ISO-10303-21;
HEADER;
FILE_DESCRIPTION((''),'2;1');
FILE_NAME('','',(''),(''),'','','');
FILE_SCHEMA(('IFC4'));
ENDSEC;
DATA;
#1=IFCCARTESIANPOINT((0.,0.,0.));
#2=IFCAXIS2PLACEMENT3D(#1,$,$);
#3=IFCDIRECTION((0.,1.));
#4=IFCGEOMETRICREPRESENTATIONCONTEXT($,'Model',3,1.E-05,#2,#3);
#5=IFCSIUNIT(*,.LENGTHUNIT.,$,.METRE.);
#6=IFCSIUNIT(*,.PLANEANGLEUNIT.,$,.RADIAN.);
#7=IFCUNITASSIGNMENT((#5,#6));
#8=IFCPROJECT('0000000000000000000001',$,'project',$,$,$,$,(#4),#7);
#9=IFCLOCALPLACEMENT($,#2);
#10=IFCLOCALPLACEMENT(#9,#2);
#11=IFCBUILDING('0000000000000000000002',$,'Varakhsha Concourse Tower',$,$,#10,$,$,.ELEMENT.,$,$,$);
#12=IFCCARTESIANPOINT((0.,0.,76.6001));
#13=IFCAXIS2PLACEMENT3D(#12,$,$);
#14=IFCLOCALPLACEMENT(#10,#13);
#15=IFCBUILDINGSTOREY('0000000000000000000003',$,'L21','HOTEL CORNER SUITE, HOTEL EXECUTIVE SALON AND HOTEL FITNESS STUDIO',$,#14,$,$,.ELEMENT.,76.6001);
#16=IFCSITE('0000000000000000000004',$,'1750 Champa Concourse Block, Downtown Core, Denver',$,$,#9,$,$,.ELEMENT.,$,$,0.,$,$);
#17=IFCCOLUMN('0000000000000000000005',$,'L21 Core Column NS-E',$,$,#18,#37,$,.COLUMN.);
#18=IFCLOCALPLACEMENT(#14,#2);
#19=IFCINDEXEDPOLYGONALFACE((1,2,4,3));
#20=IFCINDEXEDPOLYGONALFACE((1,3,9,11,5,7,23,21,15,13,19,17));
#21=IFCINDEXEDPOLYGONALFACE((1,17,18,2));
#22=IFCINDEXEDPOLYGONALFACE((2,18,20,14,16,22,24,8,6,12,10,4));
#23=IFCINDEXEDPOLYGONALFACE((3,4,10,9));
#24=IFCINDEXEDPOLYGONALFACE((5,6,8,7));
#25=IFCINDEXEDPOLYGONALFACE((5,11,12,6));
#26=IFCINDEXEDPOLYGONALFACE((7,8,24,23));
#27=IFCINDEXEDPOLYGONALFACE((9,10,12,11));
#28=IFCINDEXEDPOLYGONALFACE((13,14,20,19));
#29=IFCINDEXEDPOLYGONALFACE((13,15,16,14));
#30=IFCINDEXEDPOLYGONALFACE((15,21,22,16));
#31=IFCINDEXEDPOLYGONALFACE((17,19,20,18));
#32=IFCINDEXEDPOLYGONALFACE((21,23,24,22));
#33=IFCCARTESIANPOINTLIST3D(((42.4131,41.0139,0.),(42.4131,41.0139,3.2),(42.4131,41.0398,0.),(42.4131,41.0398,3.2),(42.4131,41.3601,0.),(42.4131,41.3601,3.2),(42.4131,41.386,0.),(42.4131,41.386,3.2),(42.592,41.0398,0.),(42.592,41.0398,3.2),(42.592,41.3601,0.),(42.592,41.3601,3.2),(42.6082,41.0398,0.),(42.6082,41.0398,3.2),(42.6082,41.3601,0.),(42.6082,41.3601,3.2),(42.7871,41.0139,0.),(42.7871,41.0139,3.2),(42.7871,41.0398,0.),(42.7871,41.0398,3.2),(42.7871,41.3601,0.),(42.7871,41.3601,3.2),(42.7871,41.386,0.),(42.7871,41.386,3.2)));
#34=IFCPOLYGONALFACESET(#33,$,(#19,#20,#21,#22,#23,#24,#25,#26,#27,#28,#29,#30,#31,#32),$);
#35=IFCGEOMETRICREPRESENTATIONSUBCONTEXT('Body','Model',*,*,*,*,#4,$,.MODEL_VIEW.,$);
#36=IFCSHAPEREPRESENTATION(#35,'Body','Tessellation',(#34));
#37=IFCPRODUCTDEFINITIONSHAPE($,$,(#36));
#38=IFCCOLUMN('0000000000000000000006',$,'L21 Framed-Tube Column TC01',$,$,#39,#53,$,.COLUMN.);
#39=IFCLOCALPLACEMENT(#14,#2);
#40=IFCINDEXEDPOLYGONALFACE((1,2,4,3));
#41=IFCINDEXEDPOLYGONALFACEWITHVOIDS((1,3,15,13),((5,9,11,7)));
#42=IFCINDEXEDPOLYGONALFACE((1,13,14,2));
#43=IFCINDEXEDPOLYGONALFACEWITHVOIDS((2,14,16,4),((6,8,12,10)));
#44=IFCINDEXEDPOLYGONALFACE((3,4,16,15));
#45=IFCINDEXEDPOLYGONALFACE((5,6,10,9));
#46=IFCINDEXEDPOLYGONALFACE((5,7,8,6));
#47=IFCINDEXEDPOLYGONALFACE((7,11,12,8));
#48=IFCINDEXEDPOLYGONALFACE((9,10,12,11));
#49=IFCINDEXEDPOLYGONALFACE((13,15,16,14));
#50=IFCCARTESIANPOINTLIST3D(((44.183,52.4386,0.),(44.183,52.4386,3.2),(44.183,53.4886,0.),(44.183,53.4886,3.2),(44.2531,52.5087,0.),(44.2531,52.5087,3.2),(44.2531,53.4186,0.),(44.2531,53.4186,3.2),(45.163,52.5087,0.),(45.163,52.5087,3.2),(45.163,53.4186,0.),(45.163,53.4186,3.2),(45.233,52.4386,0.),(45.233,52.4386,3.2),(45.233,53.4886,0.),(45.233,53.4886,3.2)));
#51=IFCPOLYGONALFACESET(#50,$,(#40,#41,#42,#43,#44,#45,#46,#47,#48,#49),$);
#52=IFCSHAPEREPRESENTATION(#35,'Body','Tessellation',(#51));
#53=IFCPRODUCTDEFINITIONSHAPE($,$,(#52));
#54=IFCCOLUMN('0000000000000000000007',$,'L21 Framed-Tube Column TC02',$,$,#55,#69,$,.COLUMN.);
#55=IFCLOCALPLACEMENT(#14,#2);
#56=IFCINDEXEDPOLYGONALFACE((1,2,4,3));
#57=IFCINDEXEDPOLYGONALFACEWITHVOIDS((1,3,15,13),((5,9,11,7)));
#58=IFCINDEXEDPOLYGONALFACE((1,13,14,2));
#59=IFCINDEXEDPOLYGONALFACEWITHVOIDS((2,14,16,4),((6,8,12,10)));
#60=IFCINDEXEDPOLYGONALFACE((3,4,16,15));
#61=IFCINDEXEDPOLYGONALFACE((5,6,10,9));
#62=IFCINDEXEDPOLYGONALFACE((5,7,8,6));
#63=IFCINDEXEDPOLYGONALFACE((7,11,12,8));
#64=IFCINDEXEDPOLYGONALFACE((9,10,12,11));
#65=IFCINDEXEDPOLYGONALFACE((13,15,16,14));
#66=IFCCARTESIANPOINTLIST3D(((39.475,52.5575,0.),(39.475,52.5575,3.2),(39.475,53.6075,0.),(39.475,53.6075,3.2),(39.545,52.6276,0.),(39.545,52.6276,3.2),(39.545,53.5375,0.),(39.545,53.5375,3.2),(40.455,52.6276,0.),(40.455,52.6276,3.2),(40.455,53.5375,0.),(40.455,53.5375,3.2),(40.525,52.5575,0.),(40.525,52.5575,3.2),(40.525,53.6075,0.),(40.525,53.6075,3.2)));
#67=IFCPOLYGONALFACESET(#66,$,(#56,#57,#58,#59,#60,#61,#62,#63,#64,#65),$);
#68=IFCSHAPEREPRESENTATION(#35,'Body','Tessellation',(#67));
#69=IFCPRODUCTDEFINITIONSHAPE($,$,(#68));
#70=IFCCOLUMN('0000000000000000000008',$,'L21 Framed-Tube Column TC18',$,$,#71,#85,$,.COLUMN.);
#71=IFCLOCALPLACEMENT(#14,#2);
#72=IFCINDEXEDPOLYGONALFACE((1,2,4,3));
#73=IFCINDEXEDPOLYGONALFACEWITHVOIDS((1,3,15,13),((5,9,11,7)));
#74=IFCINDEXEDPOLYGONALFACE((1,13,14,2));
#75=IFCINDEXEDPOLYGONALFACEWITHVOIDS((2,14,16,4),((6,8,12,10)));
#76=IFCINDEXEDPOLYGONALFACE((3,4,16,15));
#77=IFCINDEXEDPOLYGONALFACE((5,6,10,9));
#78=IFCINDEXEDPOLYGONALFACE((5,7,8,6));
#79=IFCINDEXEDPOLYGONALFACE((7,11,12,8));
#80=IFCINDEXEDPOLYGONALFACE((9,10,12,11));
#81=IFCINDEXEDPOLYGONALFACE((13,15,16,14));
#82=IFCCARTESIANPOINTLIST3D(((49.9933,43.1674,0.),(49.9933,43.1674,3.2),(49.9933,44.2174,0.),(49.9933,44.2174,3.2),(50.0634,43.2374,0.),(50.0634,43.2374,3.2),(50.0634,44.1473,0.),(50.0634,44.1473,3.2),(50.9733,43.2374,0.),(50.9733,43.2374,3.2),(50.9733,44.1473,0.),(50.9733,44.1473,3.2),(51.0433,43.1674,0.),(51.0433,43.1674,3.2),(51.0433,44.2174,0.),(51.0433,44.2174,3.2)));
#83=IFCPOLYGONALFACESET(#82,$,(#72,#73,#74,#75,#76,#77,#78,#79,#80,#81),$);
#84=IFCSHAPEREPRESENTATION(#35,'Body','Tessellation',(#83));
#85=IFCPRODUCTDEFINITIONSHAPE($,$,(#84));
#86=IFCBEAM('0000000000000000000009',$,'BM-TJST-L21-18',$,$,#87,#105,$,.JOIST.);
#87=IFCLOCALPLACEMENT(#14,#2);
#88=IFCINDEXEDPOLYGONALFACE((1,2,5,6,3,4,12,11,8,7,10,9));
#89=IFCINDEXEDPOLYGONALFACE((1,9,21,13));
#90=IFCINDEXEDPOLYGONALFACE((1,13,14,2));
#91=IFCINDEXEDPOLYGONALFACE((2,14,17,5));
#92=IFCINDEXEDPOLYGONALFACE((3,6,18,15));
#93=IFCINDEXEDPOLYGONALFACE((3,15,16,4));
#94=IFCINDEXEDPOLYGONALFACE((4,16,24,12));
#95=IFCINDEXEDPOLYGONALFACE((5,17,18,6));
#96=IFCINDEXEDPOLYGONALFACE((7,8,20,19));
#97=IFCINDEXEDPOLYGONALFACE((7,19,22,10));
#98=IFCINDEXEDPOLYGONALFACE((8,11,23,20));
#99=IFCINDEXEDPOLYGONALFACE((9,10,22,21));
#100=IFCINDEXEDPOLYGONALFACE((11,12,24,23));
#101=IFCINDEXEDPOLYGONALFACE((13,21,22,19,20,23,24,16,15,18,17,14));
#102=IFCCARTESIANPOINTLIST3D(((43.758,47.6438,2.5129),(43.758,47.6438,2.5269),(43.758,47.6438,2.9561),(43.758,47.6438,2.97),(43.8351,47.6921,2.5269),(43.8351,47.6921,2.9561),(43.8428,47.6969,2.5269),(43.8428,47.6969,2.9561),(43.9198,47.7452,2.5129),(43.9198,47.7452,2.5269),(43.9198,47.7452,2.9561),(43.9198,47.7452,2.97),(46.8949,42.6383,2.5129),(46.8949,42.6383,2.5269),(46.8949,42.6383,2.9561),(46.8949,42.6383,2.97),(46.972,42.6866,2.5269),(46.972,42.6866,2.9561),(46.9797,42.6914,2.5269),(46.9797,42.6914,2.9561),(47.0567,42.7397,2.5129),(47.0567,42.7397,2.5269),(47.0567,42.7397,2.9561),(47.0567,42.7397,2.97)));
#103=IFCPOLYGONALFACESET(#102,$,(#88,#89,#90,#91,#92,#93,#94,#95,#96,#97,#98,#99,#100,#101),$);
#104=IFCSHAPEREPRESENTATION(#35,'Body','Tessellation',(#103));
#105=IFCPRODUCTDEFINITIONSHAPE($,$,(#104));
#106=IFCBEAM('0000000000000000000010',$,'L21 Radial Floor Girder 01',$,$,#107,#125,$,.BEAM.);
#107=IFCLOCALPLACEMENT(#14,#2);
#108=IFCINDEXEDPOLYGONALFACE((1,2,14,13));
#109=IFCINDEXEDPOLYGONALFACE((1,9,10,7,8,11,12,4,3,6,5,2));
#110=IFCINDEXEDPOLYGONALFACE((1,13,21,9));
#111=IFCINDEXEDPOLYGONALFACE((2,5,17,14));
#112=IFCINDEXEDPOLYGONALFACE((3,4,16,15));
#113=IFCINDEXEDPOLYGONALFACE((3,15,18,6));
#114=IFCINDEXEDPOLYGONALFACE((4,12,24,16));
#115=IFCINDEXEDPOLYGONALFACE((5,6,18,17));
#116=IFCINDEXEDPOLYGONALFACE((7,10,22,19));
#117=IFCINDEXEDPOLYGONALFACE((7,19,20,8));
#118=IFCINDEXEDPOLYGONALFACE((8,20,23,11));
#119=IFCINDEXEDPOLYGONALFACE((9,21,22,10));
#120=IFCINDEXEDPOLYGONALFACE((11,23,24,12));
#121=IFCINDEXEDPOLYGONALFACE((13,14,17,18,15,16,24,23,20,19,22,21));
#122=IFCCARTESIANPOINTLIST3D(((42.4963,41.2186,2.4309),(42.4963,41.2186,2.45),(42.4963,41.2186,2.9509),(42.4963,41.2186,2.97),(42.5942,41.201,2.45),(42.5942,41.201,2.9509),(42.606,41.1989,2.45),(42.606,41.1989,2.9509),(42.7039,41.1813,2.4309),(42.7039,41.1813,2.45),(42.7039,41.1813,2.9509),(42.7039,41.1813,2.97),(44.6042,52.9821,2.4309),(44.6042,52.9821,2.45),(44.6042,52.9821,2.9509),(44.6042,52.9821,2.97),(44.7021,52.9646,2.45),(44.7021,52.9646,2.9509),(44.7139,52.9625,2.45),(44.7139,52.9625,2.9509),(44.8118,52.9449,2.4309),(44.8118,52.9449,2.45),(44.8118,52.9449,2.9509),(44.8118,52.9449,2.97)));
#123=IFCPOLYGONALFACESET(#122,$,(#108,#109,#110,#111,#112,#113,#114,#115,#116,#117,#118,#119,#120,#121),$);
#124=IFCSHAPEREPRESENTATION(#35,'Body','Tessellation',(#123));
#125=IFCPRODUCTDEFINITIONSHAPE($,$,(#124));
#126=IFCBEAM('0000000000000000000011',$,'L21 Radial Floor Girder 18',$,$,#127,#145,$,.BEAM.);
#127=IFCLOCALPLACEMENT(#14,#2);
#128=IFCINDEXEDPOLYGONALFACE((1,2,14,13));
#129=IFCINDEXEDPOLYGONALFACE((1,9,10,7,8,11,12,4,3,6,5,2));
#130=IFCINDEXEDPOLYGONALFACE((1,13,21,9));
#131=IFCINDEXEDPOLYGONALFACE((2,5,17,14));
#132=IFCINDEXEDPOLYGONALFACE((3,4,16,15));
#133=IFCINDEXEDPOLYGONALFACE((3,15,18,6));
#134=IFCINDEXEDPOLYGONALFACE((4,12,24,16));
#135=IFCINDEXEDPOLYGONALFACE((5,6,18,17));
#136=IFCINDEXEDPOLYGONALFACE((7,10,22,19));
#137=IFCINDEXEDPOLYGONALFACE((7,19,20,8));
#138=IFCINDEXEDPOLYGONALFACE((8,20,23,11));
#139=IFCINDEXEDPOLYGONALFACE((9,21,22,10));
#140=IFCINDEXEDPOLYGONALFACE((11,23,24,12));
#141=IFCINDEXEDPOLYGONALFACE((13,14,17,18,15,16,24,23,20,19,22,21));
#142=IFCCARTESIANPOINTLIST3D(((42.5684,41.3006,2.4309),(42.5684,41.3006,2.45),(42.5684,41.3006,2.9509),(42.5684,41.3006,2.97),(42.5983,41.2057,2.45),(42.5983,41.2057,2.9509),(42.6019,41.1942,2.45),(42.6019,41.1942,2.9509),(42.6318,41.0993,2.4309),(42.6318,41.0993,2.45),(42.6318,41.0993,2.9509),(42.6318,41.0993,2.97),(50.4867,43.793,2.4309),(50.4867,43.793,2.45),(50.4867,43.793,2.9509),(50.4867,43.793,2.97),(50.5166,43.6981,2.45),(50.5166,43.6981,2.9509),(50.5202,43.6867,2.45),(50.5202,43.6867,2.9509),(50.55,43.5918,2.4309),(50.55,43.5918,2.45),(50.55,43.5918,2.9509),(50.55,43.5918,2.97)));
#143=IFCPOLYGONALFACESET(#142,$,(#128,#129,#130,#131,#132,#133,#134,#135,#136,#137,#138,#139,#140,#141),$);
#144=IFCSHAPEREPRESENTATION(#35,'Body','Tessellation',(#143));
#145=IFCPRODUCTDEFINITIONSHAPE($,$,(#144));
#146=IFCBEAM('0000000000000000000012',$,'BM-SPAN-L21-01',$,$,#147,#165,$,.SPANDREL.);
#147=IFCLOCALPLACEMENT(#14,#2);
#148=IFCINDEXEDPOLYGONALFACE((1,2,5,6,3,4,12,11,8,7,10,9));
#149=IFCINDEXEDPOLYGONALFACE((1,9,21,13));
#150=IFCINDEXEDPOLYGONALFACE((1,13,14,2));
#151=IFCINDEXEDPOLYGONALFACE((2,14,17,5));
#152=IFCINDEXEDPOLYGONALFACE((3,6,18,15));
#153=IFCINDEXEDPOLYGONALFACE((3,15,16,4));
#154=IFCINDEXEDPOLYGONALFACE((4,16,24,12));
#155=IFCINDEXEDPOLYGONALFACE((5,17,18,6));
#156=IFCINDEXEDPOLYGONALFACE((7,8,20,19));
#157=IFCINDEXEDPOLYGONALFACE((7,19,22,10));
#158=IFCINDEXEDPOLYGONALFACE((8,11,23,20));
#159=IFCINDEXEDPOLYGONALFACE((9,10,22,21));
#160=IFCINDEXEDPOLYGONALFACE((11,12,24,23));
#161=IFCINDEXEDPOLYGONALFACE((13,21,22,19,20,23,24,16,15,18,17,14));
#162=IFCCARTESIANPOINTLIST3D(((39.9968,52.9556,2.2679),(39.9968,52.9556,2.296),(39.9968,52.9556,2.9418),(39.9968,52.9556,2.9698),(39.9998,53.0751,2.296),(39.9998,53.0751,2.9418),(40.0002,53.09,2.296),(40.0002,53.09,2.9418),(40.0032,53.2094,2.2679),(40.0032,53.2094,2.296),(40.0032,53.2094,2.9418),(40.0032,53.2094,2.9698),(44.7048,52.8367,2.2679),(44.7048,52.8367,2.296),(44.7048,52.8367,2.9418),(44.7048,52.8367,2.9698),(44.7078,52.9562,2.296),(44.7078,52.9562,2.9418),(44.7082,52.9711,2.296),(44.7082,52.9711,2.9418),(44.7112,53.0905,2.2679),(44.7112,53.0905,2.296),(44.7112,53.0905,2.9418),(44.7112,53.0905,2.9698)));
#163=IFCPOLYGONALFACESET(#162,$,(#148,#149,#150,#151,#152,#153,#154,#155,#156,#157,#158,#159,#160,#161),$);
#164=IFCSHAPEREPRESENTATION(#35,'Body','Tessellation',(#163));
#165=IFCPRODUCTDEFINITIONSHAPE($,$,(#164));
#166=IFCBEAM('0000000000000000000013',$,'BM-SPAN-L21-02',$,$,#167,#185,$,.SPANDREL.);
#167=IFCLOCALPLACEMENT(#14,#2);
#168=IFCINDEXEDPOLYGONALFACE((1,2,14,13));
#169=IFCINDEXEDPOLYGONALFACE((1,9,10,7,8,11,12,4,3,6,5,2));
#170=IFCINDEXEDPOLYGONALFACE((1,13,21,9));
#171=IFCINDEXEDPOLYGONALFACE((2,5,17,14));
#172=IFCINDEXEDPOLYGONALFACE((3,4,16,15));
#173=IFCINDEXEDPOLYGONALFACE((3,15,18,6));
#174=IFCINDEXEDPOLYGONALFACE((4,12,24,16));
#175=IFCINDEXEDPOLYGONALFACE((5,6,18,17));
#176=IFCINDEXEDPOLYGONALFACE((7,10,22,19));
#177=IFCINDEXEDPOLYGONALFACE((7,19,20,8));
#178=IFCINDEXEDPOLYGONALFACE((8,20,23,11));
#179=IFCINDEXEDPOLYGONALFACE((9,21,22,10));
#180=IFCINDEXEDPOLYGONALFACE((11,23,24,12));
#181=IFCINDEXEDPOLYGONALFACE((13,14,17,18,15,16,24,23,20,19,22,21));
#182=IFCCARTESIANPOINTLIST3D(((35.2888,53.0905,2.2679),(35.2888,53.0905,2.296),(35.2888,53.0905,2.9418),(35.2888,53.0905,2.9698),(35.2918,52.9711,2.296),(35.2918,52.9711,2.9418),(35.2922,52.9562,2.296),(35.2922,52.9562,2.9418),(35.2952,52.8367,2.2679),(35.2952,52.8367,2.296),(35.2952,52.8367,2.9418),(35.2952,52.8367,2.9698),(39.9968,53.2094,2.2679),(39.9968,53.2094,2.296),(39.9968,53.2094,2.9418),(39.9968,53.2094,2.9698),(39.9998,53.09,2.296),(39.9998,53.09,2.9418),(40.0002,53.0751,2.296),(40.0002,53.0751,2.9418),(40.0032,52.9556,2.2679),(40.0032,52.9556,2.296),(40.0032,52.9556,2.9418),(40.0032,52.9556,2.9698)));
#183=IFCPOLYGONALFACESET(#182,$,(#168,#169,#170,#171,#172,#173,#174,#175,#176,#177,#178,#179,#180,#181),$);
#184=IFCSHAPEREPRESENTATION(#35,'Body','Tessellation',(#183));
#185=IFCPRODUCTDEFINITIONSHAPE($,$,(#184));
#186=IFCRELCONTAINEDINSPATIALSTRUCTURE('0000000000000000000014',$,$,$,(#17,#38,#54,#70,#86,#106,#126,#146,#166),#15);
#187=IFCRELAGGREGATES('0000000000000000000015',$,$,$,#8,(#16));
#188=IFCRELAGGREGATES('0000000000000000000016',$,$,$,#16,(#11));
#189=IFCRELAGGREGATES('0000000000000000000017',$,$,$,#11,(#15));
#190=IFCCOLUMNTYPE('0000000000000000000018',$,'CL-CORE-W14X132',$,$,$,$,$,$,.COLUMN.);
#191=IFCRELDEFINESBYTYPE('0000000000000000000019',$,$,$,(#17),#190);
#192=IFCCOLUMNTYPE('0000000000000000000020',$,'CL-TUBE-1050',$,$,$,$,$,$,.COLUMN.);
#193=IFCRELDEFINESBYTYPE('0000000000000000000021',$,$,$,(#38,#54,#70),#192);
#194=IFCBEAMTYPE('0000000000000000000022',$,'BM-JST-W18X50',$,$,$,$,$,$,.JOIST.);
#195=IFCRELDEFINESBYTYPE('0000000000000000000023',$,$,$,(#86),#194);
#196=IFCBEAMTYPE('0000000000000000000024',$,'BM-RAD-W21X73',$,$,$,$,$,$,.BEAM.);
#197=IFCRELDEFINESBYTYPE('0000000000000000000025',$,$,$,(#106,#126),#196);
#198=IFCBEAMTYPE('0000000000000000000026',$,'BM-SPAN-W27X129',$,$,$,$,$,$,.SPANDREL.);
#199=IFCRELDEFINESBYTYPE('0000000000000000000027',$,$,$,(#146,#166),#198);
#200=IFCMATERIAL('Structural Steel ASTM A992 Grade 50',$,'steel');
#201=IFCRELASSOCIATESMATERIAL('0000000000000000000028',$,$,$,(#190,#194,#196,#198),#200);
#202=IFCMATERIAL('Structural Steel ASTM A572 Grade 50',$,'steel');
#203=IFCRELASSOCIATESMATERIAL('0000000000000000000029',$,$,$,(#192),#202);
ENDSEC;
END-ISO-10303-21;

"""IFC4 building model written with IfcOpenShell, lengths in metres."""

from ifc_helpers import new_model, si_unit, direction, frame, origin, origin_2d, place, context, subcontext, project, spatial, hollow_rectangle, i_section, extrude, material, material_profile, profile_set, type_object, element, save


model = new_model("IFC4")

# Units and contexts
model_context = context("Model", 3, precision=1e-05, world=origin(), true_north=direction((0.0, 1.0)))
body_context = subcontext(model_context, "Body", "Model", "MODEL_VIEW")
ifc_project = project(units=[si_unit("LENGTHUNIT", "METRE"), si_unit("PLANEANGLEUNIT", "RADIAN")], contexts=[model_context])

# Site, building, storey
site_placement = place(None, origin())
site = spatial("IfcSite", under=ifc_project, at=site_placement, Name="1750 Champa Concourse Block, Downtown Core, Denver", CompositionType="ELEMENT", RefElevation=0.0)
building_placement = place(site_placement, origin())
building = spatial("IfcBuilding", under=site, at=building_placement, Name="Varakhsha Concourse Tower", CompositionType="ELEMENT")
storey_placement = place(building_placement, frame((0.0, 0.0, 76.6001)))
storey = spatial("IfcBuildingStorey", under=building, at=storey_placement, Name="L21", Description="HOTEL CORNER SUITE, HOTEL EXECUTIVE SALON AND HOTEL FITNESS STUDIO", CompositionType="ELEMENT", Elevation=76.6001)

# Columns
ifc_material_1 = material(Name="Structural Steel ASTM A992 Grade 50", Category="steel")
ifc_material_profile_1 = material_profile(ifc_material_1, i_section(OverallWidth=0.374, OverallDepth=0.3721, WebThickness=0.0161, FlangeThickness=0.0259, at=origin_2d()), Name="W14X132")
ifc_profile_set_1 = profile_set([ifc_material_profile_1], Name="Structural Steel ASTM A992 Grade 50")
column_type_1 = type_object("IfcColumnType", Name="CL-CORE-W14X132", PredefinedType="COLUMN", material=ifc_profile_set_1)
column_placement = place(storey_placement, frame((42.6001, 41.2, 0.0), z_axis=(0.0, 0.0, 1.0), x_axis=(1.0, 0.0, 0.0)))
element("IfcColumn", 1, at=column_placement, inside=storey, type_object=column_type_1, Name="L21 Core Column NS-E", PredefinedType="COLUMN", context=body_context, shape_type="SweptSolid", body=[
    extrude(i_section(OverallWidth=0.374, OverallDepth=0.3721, WebThickness=0.0161, FlangeThickness=0.0259, at=origin_2d()), origin(), (0.0, 0.0, 1.0), 3.2),
])
ifc_material_2 = material(Name="Structural Steel ASTM A572 Grade 50", Category="steel")
ifc_material_profile_2 = material_profile(ifc_material_2, hollow_rectangle(XDim=1.05, YDim=1.05, WallThickness=0.0701, at=origin_2d()), Name="BOX 1050x1050x70")
ifc_profile_set_2 = profile_set([ifc_material_profile_2], Name="Structural Steel ASTM A572 Grade 50")
column_type_2 = type_object("IfcColumnType", Name="CL-TUBE-1050", PredefinedType="COLUMN", material=ifc_profile_set_2)
for number, where, z_axis, x_axis, name in (
    (2, (44.708, 52.9636, 0.0), (0.0, 0.0, 1.0), (1.0, 0.0, 0.0), "L21 Framed-Tube Column TC01"),
    (3, (40.0, 53.0825, 0.0), (0.0, 0.0, 1.0), (1.0, 0.0, 0.0), "L21 Framed-Tube Column TC02"),
    (4, (50.5183, 43.6924, 0.0), (0.0, 0.0, 1.0), (1.0, 0.0, 0.0), "L21 Framed-Tube Column TC18"),
):
    element("IfcColumn", number, at=place(storey_placement, frame(where, z_axis=z_axis, x_axis=x_axis)), inside=storey, type_object=column_type_2, Name=name, PredefinedType="COLUMN", context=body_context, shape_type="SweptSolid", body=[
        extrude(hollow_rectangle(XDim=1.05, YDim=1.05, WallThickness=0.0701, at=origin_2d()), origin(), (0.0, 0.0, 1.0), 3.2),
    ])

# Beams
ifc_material_profile_3 = material_profile(ifc_material_1, i_section(OverallWidth=0.1909, OverallDepth=0.457, WebThickness=0.009, FlangeThickness=0.0139, at=origin_2d()), Name="W18X50")
ifc_profile_set_3 = profile_set([ifc_material_profile_3], Name="Structural Steel ASTM A992 Grade 50")
beam_type_1 = type_object("IfcBeamType", Name="BM-JST-W18X50", PredefinedType="JOIST", material=ifc_profile_set_3)
beam_1_placement = place(storey_placement, frame((46.9758, 42.689, 2.7415), z_axis=(-0.531028, 0.847355, 0.0), x_axis=(-0.847355, -0.531028, 0.0)))
element("IfcBeam", 5, at=beam_1_placement, inside=storey, type_object=beam_type_1, Name="BM-TJST-L21-18", PredefinedType="JOIST", context=body_context, shape_type="SweptSolid", body=[
    extrude(i_section(OverallWidth=0.1909, OverallDepth=0.457, WebThickness=0.009, FlangeThickness=0.0139, at=origin_2d()), origin(), (0.0, 0.0, 1.0), 5.9072),
])
ifc_material_profile_4 = material_profile(ifc_material_1, i_section(OverallWidth=0.2109, OverallDepth=0.5391, WebThickness=0.012, FlangeThickness=0.019, at=origin_2d()), Name="W21X73")
ifc_profile_set_4 = profile_set([ifc_material_profile_4], Name="Structural Steel ASTM A992 Grade 50")
beam_type_2 = type_object("IfcBeamType", Name="BM-RAD-W21X73", PredefinedType="BEAM", material=ifc_profile_set_4)
beam_2_placement = place(storey_placement, frame((42.6001, 41.2, 2.7004), z_axis=(0.176379, 0.984322, 0.0), x_axis=(-0.984322, 0.176379, 0.0)))
element("IfcBeam", 6, at=beam_2_placement, inside=storey, type_object=beam_type_2, Name="L21 Radial Floor Girder 01", PredefinedType="BEAM", context=body_context, shape_type="SweptSolid", body=[
    extrude(i_section(OverallWidth=0.2109, OverallDepth=0.5391, WebThickness=0.012, FlangeThickness=0.019, at=origin_2d()), origin(), (0.0, 0.0, 1.0), 11.9509),
])
beam_3_placement = place(storey_placement, frame((42.6001, 41.2, 2.7004), z_axis=(0.953861, 0.300249, 0.0), x_axis=(-0.300249, 0.953861, 0.0)))
element("IfcBeam", 7, at=beam_3_placement, inside=storey, type_object=beam_type_2, Name="L21 Radial Floor Girder 18", PredefinedType="BEAM", context=body_context, shape_type="SweptSolid", body=[
    extrude(i_section(OverallWidth=0.2109, OverallDepth=0.5391, WebThickness=0.012, FlangeThickness=0.019, at=origin_2d()), origin(), (0.0, 0.0, 1.0), 8.3013),
])
ifc_material_profile_5 = material_profile(ifc_material_1, i_section(OverallWidth=0.2539, OverallDepth=0.7019, WebThickness=0.0149, FlangeThickness=0.0281, at=origin_2d()), Name="W27X129")
ifc_profile_set_5 = profile_set([ifc_material_profile_5], Name="Structural Steel ASTM A992 Grade 50")
beam_type_3 = type_object("IfcBeamType", Name="BM-SPAN-W27X129", PredefinedType="SPANDREL", material=ifc_profile_set_5)
for number, where, z_axis, x_axis, name in (
    (8, (44.708, 52.9636, 2.6189), (-0.999681, 0.025246, 0.0), (-0.025246, -0.999681, 0.0), "BM-SPAN-L21-01"),
    (9, (40.0, 53.0825, 2.6189), (-0.999681, -0.025246, 0.0), (0.025246, -0.999681, 0.0), "BM-SPAN-L21-02"),
):
    element("IfcBeam", number, at=place(storey_placement, frame(where, z_axis=z_axis, x_axis=x_axis)), inside=storey, type_object=beam_type_3, Name=name, PredefinedType="SPANDREL", context=body_context, shape_type="SweptSolid", body=[
        extrude(i_section(OverallWidth=0.2539, OverallDepth=0.7019, WebThickness=0.0149, FlangeThickness=0.0281, at=origin_2d()), origin(), (0.0, 0.0, 1.0), 4.7095),
    ])

save(model, "model.ifc")
